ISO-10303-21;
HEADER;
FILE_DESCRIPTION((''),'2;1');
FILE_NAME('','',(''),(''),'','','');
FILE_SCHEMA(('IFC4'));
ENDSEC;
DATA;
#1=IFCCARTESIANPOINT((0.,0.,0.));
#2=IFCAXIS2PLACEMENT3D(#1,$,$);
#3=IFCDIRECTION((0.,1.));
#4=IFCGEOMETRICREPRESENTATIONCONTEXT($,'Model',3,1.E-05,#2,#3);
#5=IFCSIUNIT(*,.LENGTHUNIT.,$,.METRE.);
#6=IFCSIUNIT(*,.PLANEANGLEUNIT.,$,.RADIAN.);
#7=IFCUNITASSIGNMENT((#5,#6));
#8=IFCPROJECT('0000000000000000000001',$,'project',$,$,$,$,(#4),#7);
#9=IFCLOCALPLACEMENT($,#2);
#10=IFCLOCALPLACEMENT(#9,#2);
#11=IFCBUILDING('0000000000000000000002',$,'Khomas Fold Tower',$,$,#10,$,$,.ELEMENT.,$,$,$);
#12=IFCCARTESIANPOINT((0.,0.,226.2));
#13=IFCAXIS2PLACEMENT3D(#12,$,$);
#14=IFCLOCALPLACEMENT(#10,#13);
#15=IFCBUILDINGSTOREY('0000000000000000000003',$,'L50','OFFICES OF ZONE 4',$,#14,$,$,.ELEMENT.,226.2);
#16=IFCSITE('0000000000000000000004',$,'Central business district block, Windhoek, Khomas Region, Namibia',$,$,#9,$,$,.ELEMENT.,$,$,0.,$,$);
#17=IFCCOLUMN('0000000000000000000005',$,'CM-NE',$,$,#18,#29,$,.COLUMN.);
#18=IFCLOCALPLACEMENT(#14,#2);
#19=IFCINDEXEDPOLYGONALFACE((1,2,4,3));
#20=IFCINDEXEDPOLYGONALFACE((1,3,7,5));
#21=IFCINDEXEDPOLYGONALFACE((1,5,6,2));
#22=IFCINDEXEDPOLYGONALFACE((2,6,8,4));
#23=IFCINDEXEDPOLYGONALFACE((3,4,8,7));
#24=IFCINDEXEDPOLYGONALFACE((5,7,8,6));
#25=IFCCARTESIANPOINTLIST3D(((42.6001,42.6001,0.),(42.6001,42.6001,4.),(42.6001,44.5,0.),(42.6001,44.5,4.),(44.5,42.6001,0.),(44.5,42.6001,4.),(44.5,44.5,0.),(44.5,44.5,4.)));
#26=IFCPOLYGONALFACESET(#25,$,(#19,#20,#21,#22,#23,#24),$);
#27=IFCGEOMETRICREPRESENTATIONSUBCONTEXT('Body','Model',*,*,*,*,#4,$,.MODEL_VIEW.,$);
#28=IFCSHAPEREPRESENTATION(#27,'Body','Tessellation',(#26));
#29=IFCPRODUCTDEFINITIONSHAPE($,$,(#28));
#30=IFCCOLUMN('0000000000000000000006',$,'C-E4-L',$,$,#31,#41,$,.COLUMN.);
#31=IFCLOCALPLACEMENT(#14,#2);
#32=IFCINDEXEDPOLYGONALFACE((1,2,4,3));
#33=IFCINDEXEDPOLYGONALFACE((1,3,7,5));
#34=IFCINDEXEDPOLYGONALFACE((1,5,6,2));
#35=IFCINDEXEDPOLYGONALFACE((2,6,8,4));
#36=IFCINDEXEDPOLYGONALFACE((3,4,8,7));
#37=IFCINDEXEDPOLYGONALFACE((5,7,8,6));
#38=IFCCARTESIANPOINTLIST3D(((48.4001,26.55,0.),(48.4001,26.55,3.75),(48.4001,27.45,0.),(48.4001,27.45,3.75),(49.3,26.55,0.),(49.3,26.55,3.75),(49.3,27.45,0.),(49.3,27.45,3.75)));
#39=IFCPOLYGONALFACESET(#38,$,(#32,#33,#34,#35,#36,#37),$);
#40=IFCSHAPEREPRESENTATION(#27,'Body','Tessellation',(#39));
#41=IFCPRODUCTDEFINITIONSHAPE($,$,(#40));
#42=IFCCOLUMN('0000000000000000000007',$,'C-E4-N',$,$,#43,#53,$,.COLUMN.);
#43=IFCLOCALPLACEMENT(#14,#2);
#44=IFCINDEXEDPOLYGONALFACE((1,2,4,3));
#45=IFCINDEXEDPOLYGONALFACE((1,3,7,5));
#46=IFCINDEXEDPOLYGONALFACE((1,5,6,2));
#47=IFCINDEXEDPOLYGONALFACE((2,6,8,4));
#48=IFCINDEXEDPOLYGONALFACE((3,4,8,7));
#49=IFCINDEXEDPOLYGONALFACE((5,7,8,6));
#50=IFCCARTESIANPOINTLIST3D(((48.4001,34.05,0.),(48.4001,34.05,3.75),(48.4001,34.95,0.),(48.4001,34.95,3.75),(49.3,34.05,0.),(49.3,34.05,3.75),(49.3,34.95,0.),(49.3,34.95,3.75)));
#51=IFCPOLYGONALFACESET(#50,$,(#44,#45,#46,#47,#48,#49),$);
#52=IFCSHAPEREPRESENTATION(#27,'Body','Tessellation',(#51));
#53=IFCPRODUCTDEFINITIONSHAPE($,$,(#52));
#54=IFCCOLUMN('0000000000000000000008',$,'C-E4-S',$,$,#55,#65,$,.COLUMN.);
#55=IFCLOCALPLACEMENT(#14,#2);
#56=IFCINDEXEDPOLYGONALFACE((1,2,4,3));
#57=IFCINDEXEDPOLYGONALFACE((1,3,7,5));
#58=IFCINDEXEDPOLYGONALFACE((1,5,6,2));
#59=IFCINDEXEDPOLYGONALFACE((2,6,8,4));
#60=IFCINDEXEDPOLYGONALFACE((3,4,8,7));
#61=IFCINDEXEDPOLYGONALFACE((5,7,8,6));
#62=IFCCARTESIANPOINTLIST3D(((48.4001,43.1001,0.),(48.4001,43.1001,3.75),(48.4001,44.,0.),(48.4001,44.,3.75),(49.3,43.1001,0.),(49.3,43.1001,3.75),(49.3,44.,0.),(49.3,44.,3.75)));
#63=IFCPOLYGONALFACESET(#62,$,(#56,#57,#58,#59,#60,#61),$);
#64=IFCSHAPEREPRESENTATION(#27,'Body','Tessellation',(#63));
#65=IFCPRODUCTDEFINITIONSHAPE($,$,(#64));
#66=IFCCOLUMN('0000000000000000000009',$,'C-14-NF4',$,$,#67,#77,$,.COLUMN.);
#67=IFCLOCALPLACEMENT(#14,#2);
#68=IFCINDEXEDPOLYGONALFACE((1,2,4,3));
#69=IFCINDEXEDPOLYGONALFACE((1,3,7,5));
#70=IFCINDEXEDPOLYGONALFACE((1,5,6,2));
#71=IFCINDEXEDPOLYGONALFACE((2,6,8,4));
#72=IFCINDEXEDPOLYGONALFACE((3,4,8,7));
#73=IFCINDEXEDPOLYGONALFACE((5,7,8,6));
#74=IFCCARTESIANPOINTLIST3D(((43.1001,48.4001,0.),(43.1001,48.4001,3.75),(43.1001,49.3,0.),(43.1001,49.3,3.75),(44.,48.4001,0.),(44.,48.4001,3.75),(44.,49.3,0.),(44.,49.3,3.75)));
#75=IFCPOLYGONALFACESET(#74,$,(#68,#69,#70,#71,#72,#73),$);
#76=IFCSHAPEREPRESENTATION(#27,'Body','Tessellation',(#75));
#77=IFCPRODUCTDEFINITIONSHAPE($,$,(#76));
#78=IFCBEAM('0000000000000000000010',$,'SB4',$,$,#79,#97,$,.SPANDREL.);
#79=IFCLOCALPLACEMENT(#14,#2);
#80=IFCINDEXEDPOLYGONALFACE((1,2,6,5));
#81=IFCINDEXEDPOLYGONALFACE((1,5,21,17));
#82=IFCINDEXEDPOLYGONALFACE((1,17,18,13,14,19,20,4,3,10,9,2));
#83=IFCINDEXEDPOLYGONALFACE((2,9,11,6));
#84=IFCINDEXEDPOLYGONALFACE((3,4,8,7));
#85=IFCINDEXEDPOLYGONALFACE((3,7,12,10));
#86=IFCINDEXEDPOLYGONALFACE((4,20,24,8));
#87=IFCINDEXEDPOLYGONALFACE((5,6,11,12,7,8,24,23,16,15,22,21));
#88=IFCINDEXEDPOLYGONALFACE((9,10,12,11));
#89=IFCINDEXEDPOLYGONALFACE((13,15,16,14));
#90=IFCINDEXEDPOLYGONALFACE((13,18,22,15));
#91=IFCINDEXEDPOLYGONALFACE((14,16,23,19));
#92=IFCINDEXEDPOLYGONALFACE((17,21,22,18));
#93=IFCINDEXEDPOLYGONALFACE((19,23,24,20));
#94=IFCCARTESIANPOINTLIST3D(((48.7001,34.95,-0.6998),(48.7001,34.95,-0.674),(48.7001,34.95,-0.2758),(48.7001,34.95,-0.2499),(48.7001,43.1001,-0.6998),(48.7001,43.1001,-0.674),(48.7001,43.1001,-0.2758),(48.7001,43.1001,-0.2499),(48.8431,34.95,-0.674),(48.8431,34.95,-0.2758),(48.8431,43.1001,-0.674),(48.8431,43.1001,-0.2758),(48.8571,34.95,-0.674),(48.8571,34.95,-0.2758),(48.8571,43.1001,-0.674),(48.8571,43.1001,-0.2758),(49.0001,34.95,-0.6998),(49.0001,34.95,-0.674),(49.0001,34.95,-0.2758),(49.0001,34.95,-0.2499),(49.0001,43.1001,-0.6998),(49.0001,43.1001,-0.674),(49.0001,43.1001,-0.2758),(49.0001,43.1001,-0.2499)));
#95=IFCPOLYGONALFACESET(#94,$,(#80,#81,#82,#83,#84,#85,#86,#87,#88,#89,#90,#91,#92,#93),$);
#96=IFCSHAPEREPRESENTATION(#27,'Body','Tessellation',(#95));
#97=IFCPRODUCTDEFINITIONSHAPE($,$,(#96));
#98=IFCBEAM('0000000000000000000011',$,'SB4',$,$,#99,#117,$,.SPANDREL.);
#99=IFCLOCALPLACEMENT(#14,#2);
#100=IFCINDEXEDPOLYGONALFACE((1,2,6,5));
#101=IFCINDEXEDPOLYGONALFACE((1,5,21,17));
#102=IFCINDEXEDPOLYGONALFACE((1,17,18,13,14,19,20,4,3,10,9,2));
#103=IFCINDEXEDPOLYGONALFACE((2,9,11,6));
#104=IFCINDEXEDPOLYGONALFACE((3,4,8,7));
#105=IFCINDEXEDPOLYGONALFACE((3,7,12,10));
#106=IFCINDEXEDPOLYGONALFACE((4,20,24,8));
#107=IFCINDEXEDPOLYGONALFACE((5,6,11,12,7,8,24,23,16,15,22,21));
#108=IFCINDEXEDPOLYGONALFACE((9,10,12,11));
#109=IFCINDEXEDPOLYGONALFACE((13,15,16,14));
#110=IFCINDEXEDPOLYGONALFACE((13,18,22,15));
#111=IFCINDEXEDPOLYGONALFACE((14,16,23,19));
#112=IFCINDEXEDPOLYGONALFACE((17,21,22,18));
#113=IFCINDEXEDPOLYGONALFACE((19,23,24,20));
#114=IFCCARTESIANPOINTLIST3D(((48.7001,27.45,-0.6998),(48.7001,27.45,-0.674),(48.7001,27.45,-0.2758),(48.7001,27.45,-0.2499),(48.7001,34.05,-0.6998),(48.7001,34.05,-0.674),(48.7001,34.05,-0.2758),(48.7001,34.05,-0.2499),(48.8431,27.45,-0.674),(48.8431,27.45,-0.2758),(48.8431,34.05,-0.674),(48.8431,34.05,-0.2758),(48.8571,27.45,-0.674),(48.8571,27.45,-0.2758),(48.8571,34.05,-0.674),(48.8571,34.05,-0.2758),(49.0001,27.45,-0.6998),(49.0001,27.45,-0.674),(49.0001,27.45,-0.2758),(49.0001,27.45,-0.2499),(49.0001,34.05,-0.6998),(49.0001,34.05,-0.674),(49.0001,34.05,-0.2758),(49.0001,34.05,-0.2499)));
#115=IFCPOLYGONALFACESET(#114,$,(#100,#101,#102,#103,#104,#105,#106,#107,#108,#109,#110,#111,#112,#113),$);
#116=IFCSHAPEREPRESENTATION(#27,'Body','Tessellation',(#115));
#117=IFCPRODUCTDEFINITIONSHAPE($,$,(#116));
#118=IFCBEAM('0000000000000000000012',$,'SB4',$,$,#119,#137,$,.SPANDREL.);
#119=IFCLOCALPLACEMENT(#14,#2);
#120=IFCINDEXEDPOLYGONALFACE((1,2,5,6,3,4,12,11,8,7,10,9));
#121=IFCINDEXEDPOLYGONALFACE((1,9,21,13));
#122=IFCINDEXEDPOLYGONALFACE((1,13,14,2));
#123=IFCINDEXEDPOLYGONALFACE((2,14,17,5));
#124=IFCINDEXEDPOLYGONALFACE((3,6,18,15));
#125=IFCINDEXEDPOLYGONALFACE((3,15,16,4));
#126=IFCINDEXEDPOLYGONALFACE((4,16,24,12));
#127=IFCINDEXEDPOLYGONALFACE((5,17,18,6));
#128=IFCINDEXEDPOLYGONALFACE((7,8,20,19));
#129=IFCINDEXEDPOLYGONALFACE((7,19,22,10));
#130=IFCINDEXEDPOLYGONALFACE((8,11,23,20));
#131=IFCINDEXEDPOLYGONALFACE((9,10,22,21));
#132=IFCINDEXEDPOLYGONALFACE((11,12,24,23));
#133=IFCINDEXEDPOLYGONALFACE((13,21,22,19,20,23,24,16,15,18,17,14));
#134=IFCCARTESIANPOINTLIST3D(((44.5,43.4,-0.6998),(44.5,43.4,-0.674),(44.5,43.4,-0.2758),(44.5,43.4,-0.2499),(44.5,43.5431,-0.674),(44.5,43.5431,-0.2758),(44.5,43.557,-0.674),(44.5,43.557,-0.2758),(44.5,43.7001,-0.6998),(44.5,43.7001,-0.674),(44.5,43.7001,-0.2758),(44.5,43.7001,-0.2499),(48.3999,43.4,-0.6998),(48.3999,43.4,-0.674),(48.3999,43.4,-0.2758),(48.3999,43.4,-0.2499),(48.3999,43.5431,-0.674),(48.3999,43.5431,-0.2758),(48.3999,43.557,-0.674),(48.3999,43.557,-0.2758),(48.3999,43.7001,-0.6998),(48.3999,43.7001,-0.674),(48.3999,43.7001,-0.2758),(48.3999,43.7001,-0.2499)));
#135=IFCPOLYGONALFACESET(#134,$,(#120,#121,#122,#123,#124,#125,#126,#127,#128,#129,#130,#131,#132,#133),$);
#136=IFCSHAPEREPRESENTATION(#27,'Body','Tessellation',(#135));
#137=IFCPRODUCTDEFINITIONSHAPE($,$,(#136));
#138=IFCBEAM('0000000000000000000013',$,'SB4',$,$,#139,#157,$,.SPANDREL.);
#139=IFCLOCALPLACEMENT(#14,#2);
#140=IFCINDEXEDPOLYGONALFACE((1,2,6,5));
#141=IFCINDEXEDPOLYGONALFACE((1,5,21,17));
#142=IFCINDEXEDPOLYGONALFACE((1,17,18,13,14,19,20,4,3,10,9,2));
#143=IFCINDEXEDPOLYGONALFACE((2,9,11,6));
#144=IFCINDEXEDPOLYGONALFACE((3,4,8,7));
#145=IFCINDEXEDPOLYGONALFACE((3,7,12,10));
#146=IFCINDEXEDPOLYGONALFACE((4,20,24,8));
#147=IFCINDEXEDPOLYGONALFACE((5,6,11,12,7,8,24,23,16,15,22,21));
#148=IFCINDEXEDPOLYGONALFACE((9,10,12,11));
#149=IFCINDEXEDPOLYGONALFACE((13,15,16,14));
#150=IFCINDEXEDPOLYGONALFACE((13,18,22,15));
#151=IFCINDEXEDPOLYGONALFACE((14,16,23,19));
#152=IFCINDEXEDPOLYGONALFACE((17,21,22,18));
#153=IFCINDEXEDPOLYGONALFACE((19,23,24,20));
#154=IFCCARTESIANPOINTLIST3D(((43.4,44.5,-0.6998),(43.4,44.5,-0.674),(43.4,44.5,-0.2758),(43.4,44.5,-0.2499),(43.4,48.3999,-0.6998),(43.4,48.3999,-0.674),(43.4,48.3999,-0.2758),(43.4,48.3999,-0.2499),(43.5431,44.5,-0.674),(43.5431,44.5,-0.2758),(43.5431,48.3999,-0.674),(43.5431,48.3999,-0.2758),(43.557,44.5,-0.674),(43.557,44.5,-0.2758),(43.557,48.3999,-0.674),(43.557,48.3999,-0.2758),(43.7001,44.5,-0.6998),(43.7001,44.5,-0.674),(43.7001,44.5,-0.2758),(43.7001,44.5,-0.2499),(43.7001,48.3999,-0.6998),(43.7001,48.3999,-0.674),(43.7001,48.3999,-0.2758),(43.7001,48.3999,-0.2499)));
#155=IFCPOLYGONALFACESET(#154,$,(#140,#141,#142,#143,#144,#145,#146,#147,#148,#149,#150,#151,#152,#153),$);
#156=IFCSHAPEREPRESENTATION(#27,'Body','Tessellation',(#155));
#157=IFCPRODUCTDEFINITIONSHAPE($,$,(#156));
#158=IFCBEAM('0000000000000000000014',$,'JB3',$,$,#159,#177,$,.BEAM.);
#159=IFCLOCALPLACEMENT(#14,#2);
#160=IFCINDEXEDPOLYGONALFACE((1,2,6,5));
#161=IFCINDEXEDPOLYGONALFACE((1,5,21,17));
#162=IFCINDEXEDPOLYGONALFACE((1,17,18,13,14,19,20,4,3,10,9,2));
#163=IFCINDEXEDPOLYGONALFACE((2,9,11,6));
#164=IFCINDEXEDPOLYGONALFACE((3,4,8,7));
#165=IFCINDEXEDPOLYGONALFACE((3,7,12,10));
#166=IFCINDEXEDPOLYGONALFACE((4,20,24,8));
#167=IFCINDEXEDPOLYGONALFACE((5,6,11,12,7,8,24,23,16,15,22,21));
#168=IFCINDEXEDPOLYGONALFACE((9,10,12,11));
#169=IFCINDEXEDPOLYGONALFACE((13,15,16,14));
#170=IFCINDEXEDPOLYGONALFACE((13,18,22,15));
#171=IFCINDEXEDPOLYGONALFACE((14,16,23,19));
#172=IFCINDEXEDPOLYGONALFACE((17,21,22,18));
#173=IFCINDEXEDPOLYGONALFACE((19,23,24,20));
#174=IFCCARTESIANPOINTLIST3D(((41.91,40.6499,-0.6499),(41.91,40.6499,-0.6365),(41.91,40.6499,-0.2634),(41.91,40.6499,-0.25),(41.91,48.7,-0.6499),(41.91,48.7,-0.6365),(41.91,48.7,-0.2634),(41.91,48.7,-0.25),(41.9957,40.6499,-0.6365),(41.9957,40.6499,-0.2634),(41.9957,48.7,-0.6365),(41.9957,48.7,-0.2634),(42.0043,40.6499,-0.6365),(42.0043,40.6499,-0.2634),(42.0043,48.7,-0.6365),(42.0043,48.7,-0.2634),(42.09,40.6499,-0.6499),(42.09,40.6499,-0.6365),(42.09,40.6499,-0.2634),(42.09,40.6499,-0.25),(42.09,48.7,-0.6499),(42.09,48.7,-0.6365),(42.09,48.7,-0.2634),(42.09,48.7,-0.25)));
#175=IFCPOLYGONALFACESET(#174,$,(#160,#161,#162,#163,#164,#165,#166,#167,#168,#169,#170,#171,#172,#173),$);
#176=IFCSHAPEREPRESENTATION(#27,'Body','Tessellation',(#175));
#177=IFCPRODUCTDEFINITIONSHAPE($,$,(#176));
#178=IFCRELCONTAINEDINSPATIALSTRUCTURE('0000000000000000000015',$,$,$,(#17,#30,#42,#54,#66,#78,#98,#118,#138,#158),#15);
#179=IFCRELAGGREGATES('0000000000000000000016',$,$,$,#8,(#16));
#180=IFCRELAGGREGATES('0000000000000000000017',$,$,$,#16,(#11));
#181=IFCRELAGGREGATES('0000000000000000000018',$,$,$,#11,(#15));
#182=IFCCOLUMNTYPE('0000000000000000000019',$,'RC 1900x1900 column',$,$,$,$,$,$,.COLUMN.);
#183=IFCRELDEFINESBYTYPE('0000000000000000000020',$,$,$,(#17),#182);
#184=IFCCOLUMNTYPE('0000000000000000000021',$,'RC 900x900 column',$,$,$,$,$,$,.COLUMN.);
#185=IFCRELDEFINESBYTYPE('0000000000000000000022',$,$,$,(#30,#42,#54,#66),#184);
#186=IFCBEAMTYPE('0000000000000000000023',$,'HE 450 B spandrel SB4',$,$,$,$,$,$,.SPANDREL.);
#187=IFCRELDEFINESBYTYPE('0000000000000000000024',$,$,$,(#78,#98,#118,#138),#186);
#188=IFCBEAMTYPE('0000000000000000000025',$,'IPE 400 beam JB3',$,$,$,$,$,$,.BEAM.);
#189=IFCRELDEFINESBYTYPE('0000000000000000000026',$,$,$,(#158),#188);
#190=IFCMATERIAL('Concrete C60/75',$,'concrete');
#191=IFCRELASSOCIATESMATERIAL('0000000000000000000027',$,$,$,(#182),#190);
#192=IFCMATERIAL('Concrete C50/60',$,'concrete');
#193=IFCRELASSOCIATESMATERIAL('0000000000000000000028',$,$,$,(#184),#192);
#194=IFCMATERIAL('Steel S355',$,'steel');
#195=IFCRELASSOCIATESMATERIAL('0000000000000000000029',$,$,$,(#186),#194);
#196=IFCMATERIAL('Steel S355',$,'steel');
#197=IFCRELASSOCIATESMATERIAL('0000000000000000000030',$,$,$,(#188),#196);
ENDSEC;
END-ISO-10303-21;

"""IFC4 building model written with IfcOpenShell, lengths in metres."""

from ifc_helpers import new_model, si_unit, direction, frame, origin, origin_2d, place, context, subcontext, project, spatial, rectangle, i_section, extrude, source, transform, mapped, material, material_profile, profile_set, type_object, element, save


model = new_model("IFC4")

# Units and contexts
model_context = context("Model", 3, precision=1e-05, world=origin(), true_north=direction((0.0, 1.0)))
body_context = subcontext(model_context, "Body", "Model", "MODEL_VIEW")
ifc_project = project(units=[si_unit("LENGTHUNIT", "METRE"), si_unit("PLANEANGLEUNIT", "RADIAN")], contexts=[model_context])

# Site, building, storey
site_placement = place(None, origin())
site = spatial("IfcSite", under=ifc_project, at=site_placement, Name="Central business district block, Windhoek, Khomas Region, Namibia", CompositionType="ELEMENT", RefElevation=0.0)
building_placement = place(site_placement, origin())
building = spatial("IfcBuilding", under=site, at=building_placement, Name="Khomas Fold Tower", CompositionType="ELEMENT")
storey_placement = place(building_placement, frame((0.0, 0.0, 226.2)))
storey = spatial("IfcBuildingStorey", under=building, at=storey_placement, Name="L50", Description="OFFICES OF ZONE 4", CompositionType="ELEMENT", Elevation=226.2)

# Columns
ifc_material_1 = material(Name="Concrete C60/75", Category="concrete")
ifc_material_profile_1 = material_profile(ifc_material_1, rectangle(XDim=1.8999, YDim=1.8999, at=origin_2d()), Name="RC 1900x1900")
ifc_profile_set_1 = profile_set([ifc_material_profile_1], Name="Concrete C60/75")
column_type_1 = type_object("IfcColumnType", Name="RC 1900x1900 column", PredefinedType="COLUMN", material=ifc_profile_set_1)
shared_shape_1 = source(origin(), body_context, "Body", "SweptSolid", [
    extrude(rectangle(XDim=1.8999, YDim=1.8999, at=origin_2d()), origin(), (0.0, 0.0, 1.0), 4.0),
])
column_placement = place(storey_placement, frame((43.55, 43.55, 0.0), z_axis=(0.0, 0.0, 1.0), x_axis=(1.0, 0.0, 0.0)))
element("IfcColumn", 1, at=column_placement, inside=storey, type_object=column_type_1, Name="CM-NE", PredefinedType="COLUMN", context=body_context, shape_type="MappedRepresentation", body=[
    mapped(shared_shape_1, transform((0.0, 0.0, 0.0))),
])
ifc_material_2 = material(Name="Concrete C50/60", Category="concrete")
ifc_material_profile_2 = material_profile(ifc_material_2, rectangle(XDim=0.8999, YDim=0.8999, at=origin_2d()), Name="RC 900x900")
ifc_profile_set_2 = profile_set([ifc_material_profile_2], Name="Concrete C50/60")
column_type_2 = type_object("IfcColumnType", Name="RC 900x900 column", PredefinedType="COLUMN", material=ifc_profile_set_2)
shared_shape_2 = source(origin(), body_context, "Body", "SweptSolid", [
    extrude(rectangle(XDim=0.8999, YDim=0.8999, at=origin_2d()), origin(), (0.0, 0.0, 1.0), 3.75),
])
for number, where, z_axis, x_axis, name in (
    (2, (48.8501, 27.0, 0.0), (0.0, 0.0, 1.0), (1.0, 0.0, 0.0), "C-E4-L"),
    (3, (48.8501, 34.5, 0.0), (0.0, 0.0, 1.0), (1.0, 0.0, 0.0), "C-E4-N"),
    (4, (48.8501, 43.55, 0.0), (0.0, 0.0, 1.0), (1.0, 0.0, 0.0), "C-E4-S"),
    (5, (43.55, 48.8501, 0.0), (0.0, 0.0, 1.0), (1.0, 0.0, 0.0), "C-14-NF4"),
):
    element("IfcColumn", number, at=place(storey_placement, frame(where, z_axis=z_axis, x_axis=x_axis)), inside=storey, type_object=column_type_2, Name=name, PredefinedType="COLUMN", context=body_context, shape_type="MappedRepresentation", body=[
        mapped(shared_shape_2, transform((0.0, 0.0, 0.0))),
    ])

# Beams
ifc_material_3 = material(Name="Steel S355", Category="steel")
ifc_material_profile_3 = material_profile(ifc_material_3, i_section(OverallWidth=0.3, OverallDepth=0.45, WebThickness=0.0139, FlangeThickness=0.0259, at=origin_2d()), Name="HE 450 B")
ifc_profile_set_3 = profile_set([ifc_material_profile_3], Name="Steel S355")
beam_type_1 = type_object("IfcBeamType", Name="HE 450 B spandrel SB4", PredefinedType="SPANDREL", material=ifc_profile_set_3)
shared_shape_3 = source(origin(), body_context, "Body", "SweptSolid", [
    extrude(i_section(OverallWidth=0.3, OverallDepth=0.45, WebThickness=0.0139, FlangeThickness=0.0259, at=origin_2d()), origin(), (0.0, 0.0, 1.0), 8.1501),
])
beam_1_placement = place(storey_placement, frame((48.8501, 34.95, -0.4749), z_axis=(0.0, 1.0, 0.0), x_axis=(-1.0, 0.0, 0.0)))
element("IfcBeam", 6, at=beam_1_placement, inside=storey, type_object=beam_type_1, Name="SB4", PredefinedType="SPANDREL", context=body_context, shape_type="MappedRepresentation", body=[
    mapped(shared_shape_3, transform((0.0, 0.0, 0.0))),
])
shared_shape_4 = source(origin(), body_context, "Body", "SweptSolid", [
    extrude(i_section(OverallWidth=0.3, OverallDepth=0.45, WebThickness=0.0139, FlangeThickness=0.0259, at=origin_2d()), origin(), (0.0, 0.0, 1.0), 6.6001),
])
beam_2_placement = place(storey_placement, frame((48.8501, 27.45, -0.4749), z_axis=(0.0, 1.0, 0.0), x_axis=(-1.0, 0.0, 0.0)))
element("IfcBeam", 7, at=beam_2_placement, inside=storey, type_object=beam_type_1, Name="SB4", PredefinedType="SPANDREL", context=body_context, shape_type="MappedRepresentation", body=[
    mapped(shared_shape_4, transform((0.0, 0.0, 0.0))),
])
shared_shape_5 = source(origin(), body_context, "Body", "SweptSolid", [
    extrude(i_section(OverallWidth=0.3, OverallDepth=0.45, WebThickness=0.0139, FlangeThickness=0.0259, at=origin_2d()), origin(), (0.0, 0.0, 1.0), 3.8999),
])
for number, where, z_axis, x_axis, name in (
    (8, (44.5, 43.55, -0.4749), (1.0, 0.0, 0.0), (0.0, 1.0, 0.0), "SB4"),
    (9, (43.55, 44.5, -0.4749), (0.0, 1.0, 0.0), (-1.0, 0.0, 0.0), "SB4"),
):
    element("IfcBeam", number, at=place(storey_placement, frame(where, z_axis=z_axis, x_axis=x_axis)), inside=storey, type_object=beam_type_1, Name=name, PredefinedType="SPANDREL", context=body_context, shape_type="MappedRepresentation", body=[
        mapped(shared_shape_5, transform((0.0, 0.0, 0.0))),
    ])
ifc_material_4 = material(Name="Steel S355", Category="steel")
ifc_material_profile_4 = material_profile(ifc_material_4, i_section(OverallWidth=0.1799, OverallDepth=0.3999, WebThickness=0.0085, FlangeThickness=0.0134, at=origin_2d()), Name="IPE 400")
ifc_profile_set_4 = profile_set([ifc_material_profile_4], Name="Steel S355")
beam_type_2 = type_object("IfcBeamType", Name="IPE 400 beam JB3", PredefinedType="BEAM", material=ifc_profile_set_4)
shared_shape_6 = source(origin(), body_context, "Body", "SweptSolid", [
    extrude(i_section(OverallWidth=0.1799, OverallDepth=0.3999, WebThickness=0.0085, FlangeThickness=0.0134, at=origin_2d()), origin(), (0.0, 0.0, 1.0), 8.05),
])
beam_3_placement = place(storey_placement, frame((42.0, 40.6499, -0.45), z_axis=(0.0, 1.0, 0.0), x_axis=(-1.0, 0.0, 0.0)))
element("IfcBeam", 10, at=beam_3_placement, inside=storey, type_object=beam_type_2, Name="JB3", PredefinedType="BEAM", context=body_context, shape_type="MappedRepresentation", body=[
    mapped(shared_shape_6, transform((0.0, 0.0, 0.0))),
])

save(model, "model.ifc")
